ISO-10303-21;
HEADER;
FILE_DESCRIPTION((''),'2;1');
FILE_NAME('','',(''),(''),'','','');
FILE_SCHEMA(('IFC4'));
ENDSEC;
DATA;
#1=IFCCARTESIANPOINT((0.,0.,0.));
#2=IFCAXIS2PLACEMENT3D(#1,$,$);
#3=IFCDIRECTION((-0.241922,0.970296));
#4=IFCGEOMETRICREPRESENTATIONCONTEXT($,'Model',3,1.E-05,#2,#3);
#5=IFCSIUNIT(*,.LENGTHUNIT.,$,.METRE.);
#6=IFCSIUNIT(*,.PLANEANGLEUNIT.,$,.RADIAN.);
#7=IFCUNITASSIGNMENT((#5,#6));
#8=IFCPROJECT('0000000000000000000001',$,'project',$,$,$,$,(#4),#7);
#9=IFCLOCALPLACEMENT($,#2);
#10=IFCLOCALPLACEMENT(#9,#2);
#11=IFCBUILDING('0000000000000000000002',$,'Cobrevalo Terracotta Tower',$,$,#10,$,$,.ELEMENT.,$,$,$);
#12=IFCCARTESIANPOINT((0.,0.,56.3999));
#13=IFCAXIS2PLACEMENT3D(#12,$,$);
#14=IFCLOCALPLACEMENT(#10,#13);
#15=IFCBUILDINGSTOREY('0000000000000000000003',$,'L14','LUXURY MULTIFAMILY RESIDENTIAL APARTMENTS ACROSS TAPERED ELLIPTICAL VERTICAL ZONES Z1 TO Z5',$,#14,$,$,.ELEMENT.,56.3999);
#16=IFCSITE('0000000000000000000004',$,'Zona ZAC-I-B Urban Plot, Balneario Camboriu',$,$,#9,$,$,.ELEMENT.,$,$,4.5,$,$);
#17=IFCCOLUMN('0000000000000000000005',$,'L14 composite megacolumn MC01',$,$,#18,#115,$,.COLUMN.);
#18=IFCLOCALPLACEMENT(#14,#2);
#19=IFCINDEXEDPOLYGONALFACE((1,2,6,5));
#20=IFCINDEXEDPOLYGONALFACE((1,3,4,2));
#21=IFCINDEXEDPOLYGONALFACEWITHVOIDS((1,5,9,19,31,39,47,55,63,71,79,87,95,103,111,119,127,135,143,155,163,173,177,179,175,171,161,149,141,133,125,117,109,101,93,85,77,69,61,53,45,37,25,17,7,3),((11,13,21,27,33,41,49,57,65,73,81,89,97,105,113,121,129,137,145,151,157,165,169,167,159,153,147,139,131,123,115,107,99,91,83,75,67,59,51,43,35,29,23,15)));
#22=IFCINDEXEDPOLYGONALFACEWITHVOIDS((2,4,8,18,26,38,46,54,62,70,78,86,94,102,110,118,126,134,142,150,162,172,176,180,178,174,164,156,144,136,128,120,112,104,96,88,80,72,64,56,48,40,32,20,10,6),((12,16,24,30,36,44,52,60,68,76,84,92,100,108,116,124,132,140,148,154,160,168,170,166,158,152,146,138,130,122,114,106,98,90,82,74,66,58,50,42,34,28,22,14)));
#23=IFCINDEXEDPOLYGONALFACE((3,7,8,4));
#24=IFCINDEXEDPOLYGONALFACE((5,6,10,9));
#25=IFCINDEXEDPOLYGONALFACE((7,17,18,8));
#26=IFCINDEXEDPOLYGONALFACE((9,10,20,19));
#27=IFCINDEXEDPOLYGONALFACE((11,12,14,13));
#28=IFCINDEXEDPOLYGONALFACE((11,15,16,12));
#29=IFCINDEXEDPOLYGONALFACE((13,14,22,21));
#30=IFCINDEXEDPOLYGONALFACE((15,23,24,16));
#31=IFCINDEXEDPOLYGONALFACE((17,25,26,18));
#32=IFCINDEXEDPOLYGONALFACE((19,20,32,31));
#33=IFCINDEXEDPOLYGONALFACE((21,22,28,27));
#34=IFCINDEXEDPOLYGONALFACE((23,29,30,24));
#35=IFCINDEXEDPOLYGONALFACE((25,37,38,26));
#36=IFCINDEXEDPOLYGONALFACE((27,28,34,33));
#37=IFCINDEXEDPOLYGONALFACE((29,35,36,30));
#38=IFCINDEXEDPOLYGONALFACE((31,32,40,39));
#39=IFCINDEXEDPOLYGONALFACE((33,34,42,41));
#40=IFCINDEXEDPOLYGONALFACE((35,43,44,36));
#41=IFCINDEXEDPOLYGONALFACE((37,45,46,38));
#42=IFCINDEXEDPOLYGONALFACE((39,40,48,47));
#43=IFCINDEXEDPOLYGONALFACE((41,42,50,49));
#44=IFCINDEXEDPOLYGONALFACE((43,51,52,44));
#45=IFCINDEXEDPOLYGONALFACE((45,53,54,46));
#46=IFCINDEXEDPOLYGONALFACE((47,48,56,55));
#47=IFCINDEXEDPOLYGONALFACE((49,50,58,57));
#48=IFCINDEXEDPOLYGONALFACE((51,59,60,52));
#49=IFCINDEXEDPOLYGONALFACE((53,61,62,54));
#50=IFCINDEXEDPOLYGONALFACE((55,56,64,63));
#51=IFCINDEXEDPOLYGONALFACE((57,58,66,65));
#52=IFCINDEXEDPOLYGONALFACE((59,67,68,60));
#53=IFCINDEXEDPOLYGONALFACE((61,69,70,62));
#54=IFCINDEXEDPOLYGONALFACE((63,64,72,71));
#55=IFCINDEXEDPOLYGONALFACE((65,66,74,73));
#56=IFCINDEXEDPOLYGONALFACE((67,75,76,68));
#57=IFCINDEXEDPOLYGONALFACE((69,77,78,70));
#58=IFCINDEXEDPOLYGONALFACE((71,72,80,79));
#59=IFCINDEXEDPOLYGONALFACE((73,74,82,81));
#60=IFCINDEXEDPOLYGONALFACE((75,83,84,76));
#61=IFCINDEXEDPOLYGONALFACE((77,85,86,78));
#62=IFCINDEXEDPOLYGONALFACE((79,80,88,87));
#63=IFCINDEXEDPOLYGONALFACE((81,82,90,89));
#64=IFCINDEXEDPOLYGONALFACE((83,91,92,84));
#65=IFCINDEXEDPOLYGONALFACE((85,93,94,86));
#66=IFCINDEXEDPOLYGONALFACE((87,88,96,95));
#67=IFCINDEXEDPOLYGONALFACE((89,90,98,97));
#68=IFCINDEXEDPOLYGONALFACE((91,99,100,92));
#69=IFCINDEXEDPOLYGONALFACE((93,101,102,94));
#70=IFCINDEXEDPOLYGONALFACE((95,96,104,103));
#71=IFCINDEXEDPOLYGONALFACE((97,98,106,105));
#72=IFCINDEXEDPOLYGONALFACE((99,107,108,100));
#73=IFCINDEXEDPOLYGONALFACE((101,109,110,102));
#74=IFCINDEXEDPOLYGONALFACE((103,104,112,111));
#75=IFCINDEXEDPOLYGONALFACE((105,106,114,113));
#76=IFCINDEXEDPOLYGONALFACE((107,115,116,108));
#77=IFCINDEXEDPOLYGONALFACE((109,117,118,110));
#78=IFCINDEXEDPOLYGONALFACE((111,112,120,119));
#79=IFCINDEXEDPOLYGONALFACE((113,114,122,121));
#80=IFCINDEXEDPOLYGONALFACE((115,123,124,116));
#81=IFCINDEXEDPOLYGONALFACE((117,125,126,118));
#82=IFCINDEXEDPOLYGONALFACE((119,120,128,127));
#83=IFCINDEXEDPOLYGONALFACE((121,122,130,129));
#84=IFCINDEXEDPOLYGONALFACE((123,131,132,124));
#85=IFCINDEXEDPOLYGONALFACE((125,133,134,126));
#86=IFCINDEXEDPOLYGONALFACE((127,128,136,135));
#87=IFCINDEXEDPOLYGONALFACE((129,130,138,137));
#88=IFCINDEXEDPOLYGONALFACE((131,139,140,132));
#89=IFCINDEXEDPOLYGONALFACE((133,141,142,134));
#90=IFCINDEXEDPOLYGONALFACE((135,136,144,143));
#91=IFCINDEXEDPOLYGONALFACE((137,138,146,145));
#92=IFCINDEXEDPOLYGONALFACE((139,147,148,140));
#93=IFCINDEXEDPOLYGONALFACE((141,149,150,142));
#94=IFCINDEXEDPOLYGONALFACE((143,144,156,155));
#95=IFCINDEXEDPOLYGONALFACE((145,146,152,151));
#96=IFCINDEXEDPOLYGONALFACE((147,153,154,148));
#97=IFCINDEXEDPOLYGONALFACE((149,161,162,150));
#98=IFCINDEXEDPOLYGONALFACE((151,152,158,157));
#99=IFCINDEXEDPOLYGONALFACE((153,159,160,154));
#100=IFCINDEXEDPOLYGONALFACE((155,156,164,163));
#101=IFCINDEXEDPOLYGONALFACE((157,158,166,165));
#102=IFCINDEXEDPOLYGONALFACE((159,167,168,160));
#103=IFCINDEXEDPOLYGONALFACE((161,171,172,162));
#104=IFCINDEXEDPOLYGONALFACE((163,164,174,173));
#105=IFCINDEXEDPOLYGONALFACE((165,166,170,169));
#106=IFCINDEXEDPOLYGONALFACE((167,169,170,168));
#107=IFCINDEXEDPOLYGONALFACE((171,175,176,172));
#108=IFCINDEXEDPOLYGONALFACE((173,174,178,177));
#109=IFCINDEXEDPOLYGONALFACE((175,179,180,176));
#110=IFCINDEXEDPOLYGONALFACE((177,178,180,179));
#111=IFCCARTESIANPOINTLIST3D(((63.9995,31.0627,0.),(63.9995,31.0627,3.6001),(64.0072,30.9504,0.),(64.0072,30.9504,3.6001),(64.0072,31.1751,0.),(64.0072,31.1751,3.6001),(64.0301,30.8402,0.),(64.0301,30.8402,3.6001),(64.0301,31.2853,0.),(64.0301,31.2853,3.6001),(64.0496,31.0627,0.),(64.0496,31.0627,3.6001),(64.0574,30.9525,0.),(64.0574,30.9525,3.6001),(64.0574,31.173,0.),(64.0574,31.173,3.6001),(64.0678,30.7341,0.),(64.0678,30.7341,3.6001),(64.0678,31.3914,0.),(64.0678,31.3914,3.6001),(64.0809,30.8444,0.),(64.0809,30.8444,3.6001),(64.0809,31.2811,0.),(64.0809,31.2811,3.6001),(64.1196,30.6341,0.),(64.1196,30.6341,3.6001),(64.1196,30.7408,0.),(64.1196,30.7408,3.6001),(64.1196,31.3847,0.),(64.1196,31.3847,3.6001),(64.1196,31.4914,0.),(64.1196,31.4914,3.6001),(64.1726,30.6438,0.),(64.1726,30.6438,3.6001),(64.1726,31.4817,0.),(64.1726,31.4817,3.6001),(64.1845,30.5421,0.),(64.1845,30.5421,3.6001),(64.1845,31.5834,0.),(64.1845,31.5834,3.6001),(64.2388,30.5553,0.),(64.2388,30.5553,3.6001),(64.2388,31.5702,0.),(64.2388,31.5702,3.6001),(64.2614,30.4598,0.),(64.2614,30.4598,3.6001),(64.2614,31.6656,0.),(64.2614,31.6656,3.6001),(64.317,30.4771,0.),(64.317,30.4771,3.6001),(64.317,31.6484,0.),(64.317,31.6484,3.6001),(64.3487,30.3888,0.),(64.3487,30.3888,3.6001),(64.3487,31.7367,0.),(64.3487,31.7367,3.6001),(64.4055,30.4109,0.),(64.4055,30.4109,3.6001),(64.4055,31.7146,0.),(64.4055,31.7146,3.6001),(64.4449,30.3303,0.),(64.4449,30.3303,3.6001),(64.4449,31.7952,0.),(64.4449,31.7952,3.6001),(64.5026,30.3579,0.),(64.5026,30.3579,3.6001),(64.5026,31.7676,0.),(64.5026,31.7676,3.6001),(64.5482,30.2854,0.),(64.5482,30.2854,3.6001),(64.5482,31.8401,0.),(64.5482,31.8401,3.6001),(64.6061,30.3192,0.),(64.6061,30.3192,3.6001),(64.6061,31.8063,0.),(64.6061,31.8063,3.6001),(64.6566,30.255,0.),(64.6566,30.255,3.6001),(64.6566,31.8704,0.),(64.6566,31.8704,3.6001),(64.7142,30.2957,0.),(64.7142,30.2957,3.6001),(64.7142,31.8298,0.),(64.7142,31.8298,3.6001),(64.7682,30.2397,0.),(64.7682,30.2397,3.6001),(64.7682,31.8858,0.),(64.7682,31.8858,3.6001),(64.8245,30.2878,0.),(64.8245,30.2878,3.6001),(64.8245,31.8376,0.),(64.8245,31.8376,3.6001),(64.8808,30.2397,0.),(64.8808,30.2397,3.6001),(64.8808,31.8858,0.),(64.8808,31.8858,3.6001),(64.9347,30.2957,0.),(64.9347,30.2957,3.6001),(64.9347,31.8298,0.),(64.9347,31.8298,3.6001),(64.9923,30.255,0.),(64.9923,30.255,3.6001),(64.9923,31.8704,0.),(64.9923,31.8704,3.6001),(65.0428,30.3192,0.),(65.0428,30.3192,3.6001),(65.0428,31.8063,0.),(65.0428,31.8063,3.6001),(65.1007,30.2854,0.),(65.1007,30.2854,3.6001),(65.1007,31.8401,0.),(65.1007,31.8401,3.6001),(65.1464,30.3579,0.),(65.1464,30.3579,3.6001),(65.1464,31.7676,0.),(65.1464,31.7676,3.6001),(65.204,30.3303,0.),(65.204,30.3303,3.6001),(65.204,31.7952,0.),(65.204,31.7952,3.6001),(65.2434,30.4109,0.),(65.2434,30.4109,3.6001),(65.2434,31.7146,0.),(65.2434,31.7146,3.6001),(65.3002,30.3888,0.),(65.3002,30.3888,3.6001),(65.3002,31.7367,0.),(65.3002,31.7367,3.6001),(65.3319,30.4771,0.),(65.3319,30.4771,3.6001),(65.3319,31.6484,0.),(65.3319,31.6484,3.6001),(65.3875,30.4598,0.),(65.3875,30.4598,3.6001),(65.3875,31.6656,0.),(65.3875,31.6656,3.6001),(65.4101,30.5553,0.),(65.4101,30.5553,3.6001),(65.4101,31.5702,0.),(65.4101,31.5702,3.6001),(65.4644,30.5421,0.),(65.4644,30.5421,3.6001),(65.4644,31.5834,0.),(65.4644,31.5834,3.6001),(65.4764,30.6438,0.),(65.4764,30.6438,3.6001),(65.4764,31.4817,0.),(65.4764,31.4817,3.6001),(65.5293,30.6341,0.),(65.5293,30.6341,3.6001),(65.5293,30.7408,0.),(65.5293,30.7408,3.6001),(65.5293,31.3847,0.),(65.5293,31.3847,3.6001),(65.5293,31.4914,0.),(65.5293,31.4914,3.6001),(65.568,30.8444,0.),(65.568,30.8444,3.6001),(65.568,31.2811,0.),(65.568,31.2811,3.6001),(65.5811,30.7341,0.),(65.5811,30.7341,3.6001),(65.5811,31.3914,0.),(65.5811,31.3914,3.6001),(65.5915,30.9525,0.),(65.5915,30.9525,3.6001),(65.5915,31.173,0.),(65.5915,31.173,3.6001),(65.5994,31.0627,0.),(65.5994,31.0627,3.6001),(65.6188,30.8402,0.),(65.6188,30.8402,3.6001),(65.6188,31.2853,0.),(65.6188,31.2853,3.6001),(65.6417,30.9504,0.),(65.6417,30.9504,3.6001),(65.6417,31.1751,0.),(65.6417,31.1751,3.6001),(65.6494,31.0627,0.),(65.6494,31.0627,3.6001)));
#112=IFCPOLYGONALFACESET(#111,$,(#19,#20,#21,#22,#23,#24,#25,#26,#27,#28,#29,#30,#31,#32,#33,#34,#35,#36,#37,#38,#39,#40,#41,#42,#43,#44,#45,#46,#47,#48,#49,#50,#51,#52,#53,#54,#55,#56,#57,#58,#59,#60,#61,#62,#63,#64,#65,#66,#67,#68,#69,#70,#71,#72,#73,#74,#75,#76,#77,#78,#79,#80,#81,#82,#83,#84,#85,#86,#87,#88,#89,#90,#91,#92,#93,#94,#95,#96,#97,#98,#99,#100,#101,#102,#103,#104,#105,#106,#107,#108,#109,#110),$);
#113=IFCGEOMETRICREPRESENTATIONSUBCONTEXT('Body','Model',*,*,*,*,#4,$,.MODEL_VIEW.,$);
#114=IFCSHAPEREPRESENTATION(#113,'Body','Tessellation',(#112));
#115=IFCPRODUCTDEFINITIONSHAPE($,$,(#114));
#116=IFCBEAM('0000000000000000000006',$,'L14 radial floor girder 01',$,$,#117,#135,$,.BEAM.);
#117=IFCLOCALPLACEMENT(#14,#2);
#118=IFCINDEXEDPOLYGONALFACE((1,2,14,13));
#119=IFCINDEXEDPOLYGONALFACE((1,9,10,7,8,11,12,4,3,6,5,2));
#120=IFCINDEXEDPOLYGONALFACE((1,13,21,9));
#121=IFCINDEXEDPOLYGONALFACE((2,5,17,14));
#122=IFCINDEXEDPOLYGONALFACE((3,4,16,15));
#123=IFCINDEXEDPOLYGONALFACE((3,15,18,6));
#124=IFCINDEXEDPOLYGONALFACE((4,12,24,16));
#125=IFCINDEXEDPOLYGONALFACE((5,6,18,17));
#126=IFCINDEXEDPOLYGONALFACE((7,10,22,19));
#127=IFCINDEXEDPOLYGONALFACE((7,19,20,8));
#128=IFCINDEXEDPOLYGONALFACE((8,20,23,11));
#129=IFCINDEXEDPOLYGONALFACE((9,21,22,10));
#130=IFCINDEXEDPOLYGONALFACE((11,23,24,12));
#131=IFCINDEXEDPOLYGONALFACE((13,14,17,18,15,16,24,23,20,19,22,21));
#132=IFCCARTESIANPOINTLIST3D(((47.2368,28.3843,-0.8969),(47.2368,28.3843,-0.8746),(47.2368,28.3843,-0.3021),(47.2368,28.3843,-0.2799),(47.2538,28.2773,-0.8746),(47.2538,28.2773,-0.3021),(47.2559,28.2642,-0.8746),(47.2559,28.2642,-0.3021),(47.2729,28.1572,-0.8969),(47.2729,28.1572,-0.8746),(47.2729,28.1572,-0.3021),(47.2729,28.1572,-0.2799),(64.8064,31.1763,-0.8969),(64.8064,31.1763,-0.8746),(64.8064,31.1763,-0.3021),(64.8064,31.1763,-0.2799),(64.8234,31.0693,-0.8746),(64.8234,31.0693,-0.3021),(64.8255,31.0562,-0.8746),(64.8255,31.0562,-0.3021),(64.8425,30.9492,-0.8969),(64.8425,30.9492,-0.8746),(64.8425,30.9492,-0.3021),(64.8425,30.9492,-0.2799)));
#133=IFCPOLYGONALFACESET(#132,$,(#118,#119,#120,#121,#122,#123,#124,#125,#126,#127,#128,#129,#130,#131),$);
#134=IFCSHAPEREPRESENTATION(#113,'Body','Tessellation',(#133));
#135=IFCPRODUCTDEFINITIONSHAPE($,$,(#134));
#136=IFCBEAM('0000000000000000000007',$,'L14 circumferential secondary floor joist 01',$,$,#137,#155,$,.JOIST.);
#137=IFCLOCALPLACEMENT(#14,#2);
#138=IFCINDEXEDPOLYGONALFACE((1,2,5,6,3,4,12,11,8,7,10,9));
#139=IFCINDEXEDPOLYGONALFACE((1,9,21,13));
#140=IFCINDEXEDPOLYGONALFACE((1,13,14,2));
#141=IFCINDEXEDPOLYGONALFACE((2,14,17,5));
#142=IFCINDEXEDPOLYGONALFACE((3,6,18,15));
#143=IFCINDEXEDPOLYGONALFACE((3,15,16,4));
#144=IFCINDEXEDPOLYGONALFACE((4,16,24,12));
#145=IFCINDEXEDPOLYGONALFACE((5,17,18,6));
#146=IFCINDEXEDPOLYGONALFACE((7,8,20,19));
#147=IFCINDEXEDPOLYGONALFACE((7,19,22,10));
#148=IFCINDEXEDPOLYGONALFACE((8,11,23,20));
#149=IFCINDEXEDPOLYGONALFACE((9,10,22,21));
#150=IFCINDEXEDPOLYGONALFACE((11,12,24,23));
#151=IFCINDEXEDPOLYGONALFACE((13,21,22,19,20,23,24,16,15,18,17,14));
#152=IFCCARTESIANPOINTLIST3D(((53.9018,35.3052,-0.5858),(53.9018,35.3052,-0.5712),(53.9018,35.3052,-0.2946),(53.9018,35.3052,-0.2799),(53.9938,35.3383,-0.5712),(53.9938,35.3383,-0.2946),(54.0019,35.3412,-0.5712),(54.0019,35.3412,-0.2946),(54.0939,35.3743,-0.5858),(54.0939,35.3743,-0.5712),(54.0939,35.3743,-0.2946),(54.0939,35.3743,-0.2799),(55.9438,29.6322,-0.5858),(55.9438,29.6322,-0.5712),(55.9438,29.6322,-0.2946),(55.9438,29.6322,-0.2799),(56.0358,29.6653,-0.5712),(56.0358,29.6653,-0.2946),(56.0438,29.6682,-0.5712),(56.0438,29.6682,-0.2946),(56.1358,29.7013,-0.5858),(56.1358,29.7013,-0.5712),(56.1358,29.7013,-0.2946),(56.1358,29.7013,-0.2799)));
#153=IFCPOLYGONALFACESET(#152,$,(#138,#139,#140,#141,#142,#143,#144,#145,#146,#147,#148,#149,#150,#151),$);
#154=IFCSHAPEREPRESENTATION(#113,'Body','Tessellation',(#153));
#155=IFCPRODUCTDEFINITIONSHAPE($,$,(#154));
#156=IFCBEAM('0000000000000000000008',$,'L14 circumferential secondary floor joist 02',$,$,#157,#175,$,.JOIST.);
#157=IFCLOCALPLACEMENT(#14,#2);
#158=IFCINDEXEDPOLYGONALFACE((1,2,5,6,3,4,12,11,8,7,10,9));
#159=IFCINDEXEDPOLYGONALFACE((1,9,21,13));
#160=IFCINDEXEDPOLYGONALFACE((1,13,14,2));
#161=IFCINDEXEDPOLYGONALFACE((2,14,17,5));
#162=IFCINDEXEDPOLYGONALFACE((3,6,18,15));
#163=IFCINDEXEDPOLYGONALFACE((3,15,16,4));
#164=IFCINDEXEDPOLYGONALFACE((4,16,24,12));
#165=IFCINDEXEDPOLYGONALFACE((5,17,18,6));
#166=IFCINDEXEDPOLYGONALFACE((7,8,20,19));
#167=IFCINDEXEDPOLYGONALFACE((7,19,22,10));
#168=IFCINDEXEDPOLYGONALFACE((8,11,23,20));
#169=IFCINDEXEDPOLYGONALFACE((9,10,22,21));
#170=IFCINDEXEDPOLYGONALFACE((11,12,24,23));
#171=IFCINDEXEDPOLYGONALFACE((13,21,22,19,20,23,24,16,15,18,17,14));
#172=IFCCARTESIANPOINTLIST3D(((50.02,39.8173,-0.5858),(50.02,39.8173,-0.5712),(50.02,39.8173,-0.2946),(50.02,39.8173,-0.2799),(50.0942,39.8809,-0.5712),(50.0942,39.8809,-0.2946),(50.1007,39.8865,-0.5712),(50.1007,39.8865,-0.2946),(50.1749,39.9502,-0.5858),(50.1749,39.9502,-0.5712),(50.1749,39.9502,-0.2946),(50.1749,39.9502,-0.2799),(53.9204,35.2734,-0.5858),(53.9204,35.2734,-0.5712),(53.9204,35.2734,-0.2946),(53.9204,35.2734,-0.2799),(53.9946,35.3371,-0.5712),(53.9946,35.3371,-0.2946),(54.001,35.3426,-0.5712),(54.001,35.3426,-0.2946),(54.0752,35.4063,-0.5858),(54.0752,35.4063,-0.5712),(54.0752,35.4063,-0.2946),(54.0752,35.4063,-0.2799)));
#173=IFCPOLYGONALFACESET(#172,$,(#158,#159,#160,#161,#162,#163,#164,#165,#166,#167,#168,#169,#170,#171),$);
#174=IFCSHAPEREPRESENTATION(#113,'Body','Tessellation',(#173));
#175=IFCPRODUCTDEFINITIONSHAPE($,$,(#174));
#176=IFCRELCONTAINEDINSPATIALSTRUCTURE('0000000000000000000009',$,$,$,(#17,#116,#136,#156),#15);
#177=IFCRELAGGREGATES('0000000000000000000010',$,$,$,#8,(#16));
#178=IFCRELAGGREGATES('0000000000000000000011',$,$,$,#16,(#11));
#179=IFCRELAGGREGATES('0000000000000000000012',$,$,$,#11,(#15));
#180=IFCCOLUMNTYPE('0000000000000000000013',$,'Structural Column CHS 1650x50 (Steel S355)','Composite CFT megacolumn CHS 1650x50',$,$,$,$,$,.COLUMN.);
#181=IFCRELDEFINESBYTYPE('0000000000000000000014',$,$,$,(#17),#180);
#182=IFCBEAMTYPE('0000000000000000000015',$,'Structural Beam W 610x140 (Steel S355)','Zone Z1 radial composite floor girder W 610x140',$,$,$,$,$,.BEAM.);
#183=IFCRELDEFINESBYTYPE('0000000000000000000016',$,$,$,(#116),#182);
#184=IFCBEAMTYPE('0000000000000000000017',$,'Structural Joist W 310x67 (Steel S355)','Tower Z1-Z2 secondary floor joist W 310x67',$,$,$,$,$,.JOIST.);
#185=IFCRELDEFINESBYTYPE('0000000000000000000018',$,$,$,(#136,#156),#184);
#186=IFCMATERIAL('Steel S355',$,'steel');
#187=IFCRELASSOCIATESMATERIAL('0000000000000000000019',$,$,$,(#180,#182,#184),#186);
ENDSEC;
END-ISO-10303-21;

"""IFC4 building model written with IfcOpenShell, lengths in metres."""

from ifc_helpers import new_model, si_unit, direction, frame, origin, origin_2d, place, context, subcontext, project, spatial, hollow_circle, i_section, extrude, material, material_profile, profile_set, type_object, element, save


model = new_model("IFC4")

# Units and contexts
model_context = context("Model", 3, precision=1e-05, world=origin(), true_north=direction((-0.241922, 0.970296)))
body_context = subcontext(model_context, "Body", "Model", "MODEL_VIEW")
ifc_project = project(units=[si_unit("LENGTHUNIT", "METRE"), si_unit("PLANEANGLEUNIT", "RADIAN")], contexts=[model_context])

# Site, building, storey
site_placement = place(None, origin())
site = spatial("IfcSite", under=ifc_project, at=site_placement, Name="Zona ZAC-I-B Urban Plot, Balneario Camboriu", CompositionType="ELEMENT", RefElevation=4.5)
building_placement = place(site_placement, origin())
building = spatial("IfcBuilding", under=site, at=building_placement, Name="Cobrevalo Terracotta Tower", CompositionType="ELEMENT")
storey_placement = place(building_placement, frame((0.0, 0.0, 56.3999)))
storey = spatial("IfcBuildingStorey", under=building, at=storey_placement, Name="L14", Description="LUXURY MULTIFAMILY RESIDENTIAL APARTMENTS ACROSS TAPERED ELLIPTICAL VERTICAL ZONES Z1 TO Z5", CompositionType="ELEMENT", Elevation=56.3999)

# Column
ifc_material_1 = material(Name="Steel S355", Category="steel")
ifc_material_profile_1 = material_profile(ifc_material_1, hollow_circle(Radius=0.825, WallThickness=0.05, at=origin_2d()), Name="CHS 1650x50")
ifc_profile_set_1 = profile_set([ifc_material_profile_1], Name="Steel S355")
column_type = type_object("IfcColumnType", Name="Structural Column CHS 1650x50 (Steel S355)", Description="Composite CFT megacolumn CHS 1650x50", PredefinedType="COLUMN", material=ifc_profile_set_1)
column_placement = place(storey_placement, frame((64.8245, 31.0627, 0.0), z_axis=(0.0, 0.0, 1.0), x_axis=(1.0, 0.0, 0.0)))
element("IfcColumn", 1, at=column_placement, inside=storey, type_object=column_type, Name="L14 composite megacolumn MC01", PredefinedType="COLUMN", context=body_context, shape_type="SweptSolid", body=[
    extrude(hollow_circle(Radius=0.825, WallThickness=0.05, at=origin_2d()), origin(), (0.0, 0.0, 1.0), 3.6001),
])

# Beams
ifc_material_profile_2 = material_profile(ifc_material_1, i_section(OverallWidth=0.23, OverallDepth=0.6169, WebThickness=0.0132, FlangeThickness=0.0222, at=origin_2d()), Name="W 610x140")
ifc_profile_set_2 = profile_set([ifc_material_profile_2], Name="Steel S355")
beam_type_1 = type_object("IfcBeamType", Name="Structural Beam W 610x140 (Steel S355)", Description="Zone Z1 radial composite floor girder W 610x140", PredefinedType="BEAM", material=ifc_profile_set_2)
beam_1_placement = place(storey_placement, frame((64.8245, 31.0627, -0.5884), z_axis=(-0.987608, -0.156941, 0.0), x_axis=(0.156941, -0.987608, 0.0)))
element("IfcBeam", 2, at=beam_1_placement, inside=storey, type_object=beam_type_1, Name="L14 radial floor girder 01", PredefinedType="BEAM", context=body_context, shape_type="SweptSolid", body=[
    extrude(i_section(OverallWidth=0.23, OverallDepth=0.6169, WebThickness=0.0132, FlangeThickness=0.0222, at=origin_2d()), origin(), (0.0, 0.0, 1.0), 17.79),
])
ifc_material_profile_3 = material_profile(ifc_material_1, i_section(OverallWidth=0.2041, OverallDepth=0.3059, WebThickness=0.0085, FlangeThickness=0.0146, at=origin_2d()), Name="W 310x67")
ifc_profile_set_3 = profile_set([ifc_material_profile_3], Name="Steel S355")
beam_type_2 = type_object("IfcBeamType", Name="Structural Joist W 310x67 (Steel S355)", Description="Tower Z1-Z2 secondary floor joist W 310x67", PredefinedType="JOIST", material=ifc_profile_set_3)
beam_2_placement = place(storey_placement, frame((56.0398, 29.6667, -0.4329), z_axis=(-0.338672, 0.940904, 0.0), x_axis=(-0.940904, -0.338672, 0.0)))
element("IfcBeam", 3, at=beam_2_placement, inside=storey, type_object=beam_type_2, Name="L14 circumferential secondary floor joist 01", PredefinedType="JOIST", context=body_context, shape_type="SweptSolid", body=[
    extrude(i_section(OverallWidth=0.2041, OverallDepth=0.3059, WebThickness=0.0085, FlangeThickness=0.0146, at=origin_2d()), origin(), (0.0, 0.0, 1.0), 6.0293),
])
beam_3_placement = place(storey_placement, frame((53.9978, 35.3398, -0.4329), z_axis=(-0.651328, 0.758796, 0.0), x_axis=(-0.758796, -0.651328, 0.0)))
element("IfcBeam", 4, at=beam_3_placement, inside=storey, type_object=beam_type_2, Name="L14 circumferential secondary floor joist 02", PredefinedType="JOIST", context=body_context, shape_type="SweptSolid", body=[
    extrude(i_section(OverallWidth=0.2041, OverallDepth=0.3059, WebThickness=0.0085, FlangeThickness=0.0146, at=origin_2d()), origin(), (0.0, 0.0, 1.0), 5.9883),
])

save(model, "model.ifc")
